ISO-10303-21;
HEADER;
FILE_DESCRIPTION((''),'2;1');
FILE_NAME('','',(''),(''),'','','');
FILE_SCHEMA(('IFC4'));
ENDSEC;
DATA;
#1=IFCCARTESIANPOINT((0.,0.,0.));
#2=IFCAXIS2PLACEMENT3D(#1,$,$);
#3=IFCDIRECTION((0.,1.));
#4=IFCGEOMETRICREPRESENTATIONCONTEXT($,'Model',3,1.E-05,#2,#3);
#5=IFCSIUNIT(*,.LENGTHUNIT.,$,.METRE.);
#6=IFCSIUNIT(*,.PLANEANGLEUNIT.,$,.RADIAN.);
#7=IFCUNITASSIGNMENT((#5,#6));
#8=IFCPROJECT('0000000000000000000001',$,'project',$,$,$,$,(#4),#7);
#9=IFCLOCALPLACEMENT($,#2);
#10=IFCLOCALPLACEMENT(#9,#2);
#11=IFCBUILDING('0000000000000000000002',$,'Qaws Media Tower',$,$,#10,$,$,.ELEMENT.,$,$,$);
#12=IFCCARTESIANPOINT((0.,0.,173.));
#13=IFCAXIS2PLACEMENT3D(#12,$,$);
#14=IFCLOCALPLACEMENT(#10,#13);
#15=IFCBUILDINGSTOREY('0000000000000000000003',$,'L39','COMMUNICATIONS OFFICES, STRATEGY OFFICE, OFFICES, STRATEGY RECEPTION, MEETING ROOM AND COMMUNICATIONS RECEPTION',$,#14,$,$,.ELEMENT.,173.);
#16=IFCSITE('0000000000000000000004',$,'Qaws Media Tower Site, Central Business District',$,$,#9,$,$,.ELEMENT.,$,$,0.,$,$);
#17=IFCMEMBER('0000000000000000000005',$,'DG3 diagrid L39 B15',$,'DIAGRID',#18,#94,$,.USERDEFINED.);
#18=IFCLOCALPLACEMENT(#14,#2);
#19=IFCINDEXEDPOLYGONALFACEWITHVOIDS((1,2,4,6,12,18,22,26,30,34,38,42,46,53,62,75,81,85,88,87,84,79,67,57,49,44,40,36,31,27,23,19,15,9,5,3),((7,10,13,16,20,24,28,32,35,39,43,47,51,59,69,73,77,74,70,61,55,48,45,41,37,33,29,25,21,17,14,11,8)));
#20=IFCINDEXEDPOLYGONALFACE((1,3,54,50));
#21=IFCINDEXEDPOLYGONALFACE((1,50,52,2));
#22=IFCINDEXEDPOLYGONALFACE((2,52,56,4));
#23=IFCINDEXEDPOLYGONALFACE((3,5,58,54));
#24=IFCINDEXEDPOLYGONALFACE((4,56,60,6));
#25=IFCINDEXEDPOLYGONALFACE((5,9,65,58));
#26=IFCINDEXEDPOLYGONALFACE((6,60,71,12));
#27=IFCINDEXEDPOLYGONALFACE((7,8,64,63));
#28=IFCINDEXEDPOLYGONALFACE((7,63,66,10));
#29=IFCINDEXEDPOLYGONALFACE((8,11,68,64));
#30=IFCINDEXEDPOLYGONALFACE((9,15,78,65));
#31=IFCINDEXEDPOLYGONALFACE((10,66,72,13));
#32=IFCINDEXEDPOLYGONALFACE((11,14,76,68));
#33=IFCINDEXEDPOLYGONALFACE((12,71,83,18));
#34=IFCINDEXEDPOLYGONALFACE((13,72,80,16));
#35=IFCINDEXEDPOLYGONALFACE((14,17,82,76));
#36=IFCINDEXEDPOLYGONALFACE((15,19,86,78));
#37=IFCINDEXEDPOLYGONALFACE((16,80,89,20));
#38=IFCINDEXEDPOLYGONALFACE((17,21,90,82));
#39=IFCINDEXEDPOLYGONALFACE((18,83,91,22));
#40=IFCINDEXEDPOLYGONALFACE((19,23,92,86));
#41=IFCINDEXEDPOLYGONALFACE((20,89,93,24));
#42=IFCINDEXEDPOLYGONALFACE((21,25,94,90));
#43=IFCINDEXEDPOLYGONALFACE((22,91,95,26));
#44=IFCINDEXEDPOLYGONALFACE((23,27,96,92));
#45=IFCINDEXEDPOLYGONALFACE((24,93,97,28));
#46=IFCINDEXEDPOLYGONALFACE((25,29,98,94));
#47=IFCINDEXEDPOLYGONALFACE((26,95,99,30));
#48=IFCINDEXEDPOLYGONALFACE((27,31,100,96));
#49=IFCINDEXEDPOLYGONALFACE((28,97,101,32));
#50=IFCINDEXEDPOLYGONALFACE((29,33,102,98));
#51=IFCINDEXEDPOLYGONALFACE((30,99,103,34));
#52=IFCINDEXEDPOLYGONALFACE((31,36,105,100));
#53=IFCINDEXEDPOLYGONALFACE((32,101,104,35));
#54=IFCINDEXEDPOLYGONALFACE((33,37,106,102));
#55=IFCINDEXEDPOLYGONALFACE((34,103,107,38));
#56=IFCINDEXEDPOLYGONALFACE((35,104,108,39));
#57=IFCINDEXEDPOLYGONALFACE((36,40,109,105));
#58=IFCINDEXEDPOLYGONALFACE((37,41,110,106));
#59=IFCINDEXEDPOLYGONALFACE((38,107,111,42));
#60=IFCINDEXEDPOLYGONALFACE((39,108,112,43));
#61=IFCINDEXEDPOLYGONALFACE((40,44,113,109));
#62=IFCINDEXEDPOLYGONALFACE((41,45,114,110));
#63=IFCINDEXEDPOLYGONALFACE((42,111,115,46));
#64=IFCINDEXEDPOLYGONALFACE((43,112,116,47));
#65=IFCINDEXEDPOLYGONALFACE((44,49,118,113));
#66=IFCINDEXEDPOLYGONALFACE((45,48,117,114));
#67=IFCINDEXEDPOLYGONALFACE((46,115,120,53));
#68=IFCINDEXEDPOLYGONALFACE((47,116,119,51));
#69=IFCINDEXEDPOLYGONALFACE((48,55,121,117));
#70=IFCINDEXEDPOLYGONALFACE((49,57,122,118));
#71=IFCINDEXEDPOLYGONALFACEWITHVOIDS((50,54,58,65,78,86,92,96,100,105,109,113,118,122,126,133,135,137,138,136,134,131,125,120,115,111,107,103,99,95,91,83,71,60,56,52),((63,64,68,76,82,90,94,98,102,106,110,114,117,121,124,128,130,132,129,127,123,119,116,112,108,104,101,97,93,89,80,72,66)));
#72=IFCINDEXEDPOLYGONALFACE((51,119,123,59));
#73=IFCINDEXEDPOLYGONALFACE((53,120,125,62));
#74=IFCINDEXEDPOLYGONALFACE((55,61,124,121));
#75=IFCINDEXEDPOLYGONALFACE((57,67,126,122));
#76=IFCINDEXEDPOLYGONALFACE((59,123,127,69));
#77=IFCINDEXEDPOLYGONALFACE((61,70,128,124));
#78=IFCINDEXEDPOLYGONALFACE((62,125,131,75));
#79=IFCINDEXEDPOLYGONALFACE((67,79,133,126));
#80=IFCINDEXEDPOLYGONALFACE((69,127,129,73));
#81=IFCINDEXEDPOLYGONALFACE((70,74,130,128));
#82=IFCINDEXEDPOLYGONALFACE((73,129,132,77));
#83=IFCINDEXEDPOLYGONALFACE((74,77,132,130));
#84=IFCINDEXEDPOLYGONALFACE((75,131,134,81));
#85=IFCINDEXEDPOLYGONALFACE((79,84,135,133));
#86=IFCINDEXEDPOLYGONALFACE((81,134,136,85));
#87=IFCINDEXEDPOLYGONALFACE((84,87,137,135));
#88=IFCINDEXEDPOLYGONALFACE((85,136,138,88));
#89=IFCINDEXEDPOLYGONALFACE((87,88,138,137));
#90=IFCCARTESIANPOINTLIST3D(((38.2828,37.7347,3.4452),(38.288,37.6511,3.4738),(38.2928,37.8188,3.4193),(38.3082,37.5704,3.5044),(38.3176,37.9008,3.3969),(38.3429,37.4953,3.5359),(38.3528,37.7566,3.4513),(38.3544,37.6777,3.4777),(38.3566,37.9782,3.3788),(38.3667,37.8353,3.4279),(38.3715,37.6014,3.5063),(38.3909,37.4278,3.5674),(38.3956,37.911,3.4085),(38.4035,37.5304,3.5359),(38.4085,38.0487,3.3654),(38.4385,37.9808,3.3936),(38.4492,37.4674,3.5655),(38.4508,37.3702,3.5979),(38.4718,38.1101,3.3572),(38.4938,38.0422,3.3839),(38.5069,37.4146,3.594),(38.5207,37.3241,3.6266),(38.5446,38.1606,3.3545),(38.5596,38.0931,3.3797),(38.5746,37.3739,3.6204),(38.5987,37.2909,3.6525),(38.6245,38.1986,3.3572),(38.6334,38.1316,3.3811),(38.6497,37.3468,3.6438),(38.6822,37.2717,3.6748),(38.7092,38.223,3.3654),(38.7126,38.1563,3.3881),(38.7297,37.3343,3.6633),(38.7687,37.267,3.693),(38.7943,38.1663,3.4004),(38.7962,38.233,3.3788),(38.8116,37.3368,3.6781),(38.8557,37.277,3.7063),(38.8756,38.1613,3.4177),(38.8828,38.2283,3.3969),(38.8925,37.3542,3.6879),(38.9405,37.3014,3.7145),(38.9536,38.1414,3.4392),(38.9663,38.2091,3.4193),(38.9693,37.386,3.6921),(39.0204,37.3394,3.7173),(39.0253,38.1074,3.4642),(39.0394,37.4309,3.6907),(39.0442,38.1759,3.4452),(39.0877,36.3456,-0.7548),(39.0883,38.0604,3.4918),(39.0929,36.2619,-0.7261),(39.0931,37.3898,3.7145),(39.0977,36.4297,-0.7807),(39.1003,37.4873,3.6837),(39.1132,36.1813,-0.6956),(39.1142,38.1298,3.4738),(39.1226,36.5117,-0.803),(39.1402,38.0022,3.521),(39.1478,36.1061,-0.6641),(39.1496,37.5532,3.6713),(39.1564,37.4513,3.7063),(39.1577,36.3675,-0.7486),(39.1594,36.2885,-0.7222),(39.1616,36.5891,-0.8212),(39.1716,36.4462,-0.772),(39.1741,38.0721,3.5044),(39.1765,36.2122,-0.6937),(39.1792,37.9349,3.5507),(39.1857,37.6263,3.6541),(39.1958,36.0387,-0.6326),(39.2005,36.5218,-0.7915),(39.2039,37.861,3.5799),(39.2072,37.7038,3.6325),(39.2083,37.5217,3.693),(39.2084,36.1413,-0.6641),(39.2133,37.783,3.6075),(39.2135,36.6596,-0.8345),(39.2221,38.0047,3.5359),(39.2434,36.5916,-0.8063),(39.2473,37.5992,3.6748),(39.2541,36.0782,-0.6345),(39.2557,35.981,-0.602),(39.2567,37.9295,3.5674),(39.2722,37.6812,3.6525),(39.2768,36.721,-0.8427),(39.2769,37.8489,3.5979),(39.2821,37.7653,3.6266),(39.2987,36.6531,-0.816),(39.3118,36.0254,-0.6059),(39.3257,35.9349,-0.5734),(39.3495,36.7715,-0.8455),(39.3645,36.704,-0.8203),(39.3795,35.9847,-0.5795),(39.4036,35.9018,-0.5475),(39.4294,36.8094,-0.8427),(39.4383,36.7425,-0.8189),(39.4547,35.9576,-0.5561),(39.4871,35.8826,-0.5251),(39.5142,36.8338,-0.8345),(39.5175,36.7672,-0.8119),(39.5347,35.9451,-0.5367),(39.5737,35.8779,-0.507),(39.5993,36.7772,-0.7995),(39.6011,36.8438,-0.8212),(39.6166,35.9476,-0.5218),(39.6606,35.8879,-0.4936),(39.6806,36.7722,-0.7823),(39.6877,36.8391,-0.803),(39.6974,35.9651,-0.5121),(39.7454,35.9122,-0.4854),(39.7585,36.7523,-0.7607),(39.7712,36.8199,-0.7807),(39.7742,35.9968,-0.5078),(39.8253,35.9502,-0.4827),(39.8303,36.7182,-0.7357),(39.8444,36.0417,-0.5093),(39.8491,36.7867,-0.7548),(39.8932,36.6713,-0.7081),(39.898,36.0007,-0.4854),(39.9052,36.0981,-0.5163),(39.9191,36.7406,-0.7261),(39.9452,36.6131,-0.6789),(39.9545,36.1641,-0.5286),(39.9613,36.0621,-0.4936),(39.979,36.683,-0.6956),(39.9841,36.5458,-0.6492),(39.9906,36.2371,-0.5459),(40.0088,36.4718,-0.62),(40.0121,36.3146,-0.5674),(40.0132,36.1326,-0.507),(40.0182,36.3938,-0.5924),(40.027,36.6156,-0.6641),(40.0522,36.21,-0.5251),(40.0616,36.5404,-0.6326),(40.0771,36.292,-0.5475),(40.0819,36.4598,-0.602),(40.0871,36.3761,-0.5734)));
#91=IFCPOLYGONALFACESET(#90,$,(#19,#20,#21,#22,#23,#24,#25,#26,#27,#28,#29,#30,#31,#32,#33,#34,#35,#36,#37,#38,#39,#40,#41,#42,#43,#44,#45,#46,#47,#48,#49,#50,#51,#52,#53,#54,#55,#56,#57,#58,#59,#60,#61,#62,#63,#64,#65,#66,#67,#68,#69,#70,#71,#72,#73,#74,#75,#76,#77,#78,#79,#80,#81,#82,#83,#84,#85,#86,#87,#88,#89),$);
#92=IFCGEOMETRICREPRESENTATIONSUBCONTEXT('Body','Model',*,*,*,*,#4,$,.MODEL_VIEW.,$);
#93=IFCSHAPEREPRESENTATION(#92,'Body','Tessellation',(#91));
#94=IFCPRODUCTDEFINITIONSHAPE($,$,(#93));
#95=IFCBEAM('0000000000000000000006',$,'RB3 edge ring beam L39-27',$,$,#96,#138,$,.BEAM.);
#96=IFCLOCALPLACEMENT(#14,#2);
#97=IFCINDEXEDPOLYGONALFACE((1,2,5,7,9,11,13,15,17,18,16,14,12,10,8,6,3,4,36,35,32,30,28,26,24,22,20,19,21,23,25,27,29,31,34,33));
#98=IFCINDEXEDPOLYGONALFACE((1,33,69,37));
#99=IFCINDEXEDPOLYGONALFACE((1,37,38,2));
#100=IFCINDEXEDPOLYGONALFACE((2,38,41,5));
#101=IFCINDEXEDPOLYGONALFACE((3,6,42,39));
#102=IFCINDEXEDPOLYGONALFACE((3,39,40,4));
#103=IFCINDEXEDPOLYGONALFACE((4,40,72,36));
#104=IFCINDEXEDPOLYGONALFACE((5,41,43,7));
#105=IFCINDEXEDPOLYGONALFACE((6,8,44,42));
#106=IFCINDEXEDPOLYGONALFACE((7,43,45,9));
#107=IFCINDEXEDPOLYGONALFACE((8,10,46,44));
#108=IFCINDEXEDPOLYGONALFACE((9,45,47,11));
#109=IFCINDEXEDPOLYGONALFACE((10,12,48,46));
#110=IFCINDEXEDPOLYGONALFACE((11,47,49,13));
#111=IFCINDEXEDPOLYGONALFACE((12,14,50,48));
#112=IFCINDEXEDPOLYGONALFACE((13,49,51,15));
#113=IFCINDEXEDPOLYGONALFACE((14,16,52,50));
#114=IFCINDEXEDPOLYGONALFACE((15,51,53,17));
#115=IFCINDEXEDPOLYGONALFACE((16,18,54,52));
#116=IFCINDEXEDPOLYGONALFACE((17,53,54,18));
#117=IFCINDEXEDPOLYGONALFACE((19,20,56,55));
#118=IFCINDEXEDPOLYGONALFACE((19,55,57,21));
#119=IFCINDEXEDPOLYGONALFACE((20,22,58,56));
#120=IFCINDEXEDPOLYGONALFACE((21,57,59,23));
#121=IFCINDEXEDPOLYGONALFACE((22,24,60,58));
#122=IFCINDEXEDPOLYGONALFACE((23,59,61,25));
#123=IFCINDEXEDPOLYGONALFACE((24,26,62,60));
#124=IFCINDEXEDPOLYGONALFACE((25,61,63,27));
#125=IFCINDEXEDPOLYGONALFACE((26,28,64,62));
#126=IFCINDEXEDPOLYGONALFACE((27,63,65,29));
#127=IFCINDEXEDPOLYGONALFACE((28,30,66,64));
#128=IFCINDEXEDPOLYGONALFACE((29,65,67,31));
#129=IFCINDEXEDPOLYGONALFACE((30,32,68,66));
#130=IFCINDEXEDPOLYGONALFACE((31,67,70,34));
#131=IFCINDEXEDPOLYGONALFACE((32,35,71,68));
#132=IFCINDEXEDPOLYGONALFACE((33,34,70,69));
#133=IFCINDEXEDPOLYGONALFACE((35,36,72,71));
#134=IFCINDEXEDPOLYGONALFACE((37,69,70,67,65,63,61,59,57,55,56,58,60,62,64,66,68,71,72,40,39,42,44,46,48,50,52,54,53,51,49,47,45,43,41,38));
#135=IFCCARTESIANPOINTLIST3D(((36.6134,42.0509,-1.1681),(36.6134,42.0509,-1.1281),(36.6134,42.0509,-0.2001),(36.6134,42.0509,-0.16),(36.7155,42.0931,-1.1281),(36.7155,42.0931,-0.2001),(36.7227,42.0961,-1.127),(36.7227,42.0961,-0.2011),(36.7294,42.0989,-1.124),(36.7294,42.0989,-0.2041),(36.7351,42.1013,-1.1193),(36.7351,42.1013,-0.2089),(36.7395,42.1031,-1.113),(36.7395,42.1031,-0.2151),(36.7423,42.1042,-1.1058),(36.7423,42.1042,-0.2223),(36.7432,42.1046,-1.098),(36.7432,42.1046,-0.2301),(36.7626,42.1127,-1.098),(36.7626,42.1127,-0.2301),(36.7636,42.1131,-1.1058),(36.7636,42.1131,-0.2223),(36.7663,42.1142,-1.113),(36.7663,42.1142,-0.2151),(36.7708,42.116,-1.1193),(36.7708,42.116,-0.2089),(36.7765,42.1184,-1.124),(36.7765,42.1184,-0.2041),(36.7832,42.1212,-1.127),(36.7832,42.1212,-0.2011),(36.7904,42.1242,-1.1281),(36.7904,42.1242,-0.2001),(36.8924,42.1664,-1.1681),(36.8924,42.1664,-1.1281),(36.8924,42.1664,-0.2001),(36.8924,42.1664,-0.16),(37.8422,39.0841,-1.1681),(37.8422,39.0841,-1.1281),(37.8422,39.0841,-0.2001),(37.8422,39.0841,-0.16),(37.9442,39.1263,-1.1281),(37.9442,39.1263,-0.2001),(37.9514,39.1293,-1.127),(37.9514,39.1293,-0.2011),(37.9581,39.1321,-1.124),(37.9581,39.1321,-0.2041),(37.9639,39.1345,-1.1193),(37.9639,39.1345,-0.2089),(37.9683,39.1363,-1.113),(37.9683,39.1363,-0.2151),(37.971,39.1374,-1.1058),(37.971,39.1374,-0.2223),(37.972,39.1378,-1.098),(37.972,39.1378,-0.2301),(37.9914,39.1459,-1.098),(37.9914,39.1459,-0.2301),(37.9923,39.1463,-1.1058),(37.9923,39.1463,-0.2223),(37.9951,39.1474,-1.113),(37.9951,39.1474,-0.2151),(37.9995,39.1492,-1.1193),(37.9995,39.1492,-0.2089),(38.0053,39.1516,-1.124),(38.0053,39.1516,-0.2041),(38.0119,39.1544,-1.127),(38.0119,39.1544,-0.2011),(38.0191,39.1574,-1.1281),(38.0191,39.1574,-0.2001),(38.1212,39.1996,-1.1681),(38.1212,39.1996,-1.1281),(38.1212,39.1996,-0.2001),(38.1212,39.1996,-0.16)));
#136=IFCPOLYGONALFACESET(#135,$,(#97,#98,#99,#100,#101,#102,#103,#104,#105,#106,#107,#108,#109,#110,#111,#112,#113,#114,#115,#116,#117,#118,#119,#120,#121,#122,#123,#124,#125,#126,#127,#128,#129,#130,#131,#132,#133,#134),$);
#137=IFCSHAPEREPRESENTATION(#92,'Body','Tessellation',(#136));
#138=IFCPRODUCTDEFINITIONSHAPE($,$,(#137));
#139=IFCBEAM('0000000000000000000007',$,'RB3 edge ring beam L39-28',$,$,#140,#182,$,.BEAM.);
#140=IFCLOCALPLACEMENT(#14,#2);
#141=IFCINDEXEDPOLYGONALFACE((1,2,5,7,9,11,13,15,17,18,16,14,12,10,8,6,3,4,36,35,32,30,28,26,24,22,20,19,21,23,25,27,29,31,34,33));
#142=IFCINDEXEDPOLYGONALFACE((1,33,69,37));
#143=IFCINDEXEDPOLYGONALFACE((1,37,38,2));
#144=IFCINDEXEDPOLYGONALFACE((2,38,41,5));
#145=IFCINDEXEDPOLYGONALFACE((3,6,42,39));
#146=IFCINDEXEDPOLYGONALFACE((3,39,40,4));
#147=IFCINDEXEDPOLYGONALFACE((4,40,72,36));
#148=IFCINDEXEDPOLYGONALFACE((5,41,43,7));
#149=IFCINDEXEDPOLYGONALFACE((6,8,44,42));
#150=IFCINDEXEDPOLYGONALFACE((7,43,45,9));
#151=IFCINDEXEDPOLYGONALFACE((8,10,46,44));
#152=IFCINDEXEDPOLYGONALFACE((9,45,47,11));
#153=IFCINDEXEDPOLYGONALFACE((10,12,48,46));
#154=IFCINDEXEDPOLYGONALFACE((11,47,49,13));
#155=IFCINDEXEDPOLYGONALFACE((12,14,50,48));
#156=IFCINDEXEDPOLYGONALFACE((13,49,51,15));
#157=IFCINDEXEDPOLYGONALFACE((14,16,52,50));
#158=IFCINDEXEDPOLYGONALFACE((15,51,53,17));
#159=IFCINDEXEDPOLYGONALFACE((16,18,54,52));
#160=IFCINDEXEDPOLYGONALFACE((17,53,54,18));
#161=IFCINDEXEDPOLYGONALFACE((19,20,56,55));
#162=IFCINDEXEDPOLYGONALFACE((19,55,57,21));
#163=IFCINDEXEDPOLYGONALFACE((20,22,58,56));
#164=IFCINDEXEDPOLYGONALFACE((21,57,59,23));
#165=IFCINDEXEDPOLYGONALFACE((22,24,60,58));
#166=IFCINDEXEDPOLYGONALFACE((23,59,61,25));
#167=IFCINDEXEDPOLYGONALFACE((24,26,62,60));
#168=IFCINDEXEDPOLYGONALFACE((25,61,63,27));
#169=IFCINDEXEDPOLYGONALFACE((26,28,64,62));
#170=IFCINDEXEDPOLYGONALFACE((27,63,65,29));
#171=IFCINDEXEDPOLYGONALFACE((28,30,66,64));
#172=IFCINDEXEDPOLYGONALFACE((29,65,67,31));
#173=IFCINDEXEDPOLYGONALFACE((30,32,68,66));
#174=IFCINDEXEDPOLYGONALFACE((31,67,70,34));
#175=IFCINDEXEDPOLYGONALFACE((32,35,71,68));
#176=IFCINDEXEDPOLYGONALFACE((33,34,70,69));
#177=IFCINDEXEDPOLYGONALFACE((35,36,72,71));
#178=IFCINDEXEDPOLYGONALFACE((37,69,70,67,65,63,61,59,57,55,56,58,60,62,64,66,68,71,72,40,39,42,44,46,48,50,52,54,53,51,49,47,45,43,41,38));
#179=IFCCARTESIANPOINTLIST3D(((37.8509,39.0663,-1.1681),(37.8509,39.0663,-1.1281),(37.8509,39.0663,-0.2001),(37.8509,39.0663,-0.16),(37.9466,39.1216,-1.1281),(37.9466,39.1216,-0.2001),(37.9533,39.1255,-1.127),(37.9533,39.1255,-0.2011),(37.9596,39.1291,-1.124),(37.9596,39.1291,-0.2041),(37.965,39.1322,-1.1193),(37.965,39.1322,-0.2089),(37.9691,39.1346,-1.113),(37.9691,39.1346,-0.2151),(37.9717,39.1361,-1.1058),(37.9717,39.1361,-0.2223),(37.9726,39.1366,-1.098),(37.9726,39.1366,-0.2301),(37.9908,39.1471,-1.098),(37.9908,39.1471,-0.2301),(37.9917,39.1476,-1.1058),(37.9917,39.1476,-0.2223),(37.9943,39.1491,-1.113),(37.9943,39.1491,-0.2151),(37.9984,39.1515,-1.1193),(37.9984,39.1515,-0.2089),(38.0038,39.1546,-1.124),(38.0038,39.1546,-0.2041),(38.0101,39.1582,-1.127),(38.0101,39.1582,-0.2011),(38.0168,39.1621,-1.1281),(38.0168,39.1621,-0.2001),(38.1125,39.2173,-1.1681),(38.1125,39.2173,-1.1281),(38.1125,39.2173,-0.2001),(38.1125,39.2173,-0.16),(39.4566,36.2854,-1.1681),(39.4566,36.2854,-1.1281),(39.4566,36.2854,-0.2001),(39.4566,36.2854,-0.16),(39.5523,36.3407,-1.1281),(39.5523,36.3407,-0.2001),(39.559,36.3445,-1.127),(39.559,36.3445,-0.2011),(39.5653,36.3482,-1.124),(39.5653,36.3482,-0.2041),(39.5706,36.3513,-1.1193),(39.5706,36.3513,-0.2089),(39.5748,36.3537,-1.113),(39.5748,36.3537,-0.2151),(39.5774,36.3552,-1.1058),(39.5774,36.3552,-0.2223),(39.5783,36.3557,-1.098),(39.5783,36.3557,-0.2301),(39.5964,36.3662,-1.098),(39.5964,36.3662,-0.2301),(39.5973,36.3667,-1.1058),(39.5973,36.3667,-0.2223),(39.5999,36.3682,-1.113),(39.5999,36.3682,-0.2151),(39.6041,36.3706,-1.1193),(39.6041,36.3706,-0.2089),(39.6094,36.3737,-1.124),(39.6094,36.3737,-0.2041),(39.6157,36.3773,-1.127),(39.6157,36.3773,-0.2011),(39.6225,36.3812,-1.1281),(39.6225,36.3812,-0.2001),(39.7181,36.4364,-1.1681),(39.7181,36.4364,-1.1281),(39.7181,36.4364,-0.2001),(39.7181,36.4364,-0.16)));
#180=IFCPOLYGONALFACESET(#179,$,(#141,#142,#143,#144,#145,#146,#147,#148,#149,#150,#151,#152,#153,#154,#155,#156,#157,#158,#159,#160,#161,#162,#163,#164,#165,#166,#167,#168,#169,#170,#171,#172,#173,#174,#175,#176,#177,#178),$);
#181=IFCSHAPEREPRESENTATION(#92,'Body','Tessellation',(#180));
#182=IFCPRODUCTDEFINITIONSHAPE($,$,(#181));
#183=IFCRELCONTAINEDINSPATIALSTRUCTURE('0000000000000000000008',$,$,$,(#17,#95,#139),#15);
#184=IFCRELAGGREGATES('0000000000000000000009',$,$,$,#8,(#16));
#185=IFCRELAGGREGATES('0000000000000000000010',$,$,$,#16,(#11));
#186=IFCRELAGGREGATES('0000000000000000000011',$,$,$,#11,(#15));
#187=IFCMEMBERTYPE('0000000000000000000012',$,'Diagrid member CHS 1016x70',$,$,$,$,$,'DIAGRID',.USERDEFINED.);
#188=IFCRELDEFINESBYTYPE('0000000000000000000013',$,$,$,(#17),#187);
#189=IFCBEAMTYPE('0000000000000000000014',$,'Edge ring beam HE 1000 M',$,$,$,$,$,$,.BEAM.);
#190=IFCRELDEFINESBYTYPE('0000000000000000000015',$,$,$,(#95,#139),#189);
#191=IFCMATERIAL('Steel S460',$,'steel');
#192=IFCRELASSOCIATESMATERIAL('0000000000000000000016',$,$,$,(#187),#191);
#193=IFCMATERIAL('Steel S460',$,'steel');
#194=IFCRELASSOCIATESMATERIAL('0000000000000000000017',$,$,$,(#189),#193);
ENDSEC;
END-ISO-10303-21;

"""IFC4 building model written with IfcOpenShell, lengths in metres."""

from ifc_helpers import new_model, si_unit, direction, frame, origin, origin_2d, place, context, subcontext, project, spatial, hollow_circle, i_section, extrude, material, material_profile, profile_set, type_object, element, save


model = new_model("IFC4")

# Units and contexts
model_context = context("Model", 3, precision=1e-05, world=origin(), true_north=direction((0.0, 1.0)))
body_context = subcontext(model_context, "Body", "Model", "MODEL_VIEW")
ifc_project = project(units=[si_unit("LENGTHUNIT", "METRE"), si_unit("PLANEANGLEUNIT", "RADIAN")], contexts=[model_context])

# Site, building, storey
site_placement = place(None, origin())
site = spatial("IfcSite", under=ifc_project, at=site_placement, Name="Qaws Media Tower Site, Central Business District", CompositionType="ELEMENT", RefElevation=0.0)
building_placement = place(site_placement, origin())
building = spatial("IfcBuilding", under=site, at=building_placement, Name="Qaws Media Tower", CompositionType="ELEMENT")
storey_placement = place(building_placement, frame((0.0, 0.0, 173.0)))
storey = spatial("IfcBuildingStorey", under=building, at=storey_placement, Name="L39", Description="COMMUNICATIONS OFFICES, STRATEGY OFFICE, OFFICES, STRATEGY RECEPTION, MEETING ROOM AND COMMUNICATIONS RECEPTION", CompositionType="ELEMENT", Elevation=173.0)

# Member
ifc_material_1 = material(Name="Steel S460", Category="steel")
ifc_material_profile_1 = material_profile(ifc_material_1, hollow_circle(Radius=0.5081, WallThickness=0.0701, at=origin_2d()), Name="CHS 1016x70")
ifc_profile_set_1 = profile_set([ifc_material_profile_1], Name="Steel S460")
member_type_1 = type_object("IfcMemberType", Name="Diagrid member CHS 1016x70", ElementType="DIAGRID", PredefinedType="USERDEFINED", material=ifc_profile_set_1)
for number, where, z_axis, x_axis, name in (
    (1, (39.5874, 36.3608, -0.6641), (-0.179018, 0.308952, 0.934078), (-0.865242, -0.501354, 0.0), "DG3 diagrid L39 B15"),
):
    element("IfcMember", number, at=place(storey_placement, frame(where, z_axis=z_axis, x_axis=x_axis)), inside=storey, type_object=member_type_1, Name=name, ObjectType="DIAGRID", PredefinedType="USERDEFINED", context=body_context, shape_type="SweptSolid", body=[
        extrude(hollow_circle(Radius=0.5081, WallThickness=0.0701, at=origin_2d()), origin(), (0.0, 0.0, 1.0), 4.4963),
    ])

# Beams
ifc_material_2 = material(Name="Steel S460", Category="steel")
ifc_material_profile_2 = material_profile(ifc_material_2, i_section(OverallWidth=0.302, OverallDepth=1.0081, WebThickness=0.021, FlangeThickness=0.04, FilletRadius=0.03, at=origin_2d()), Name="HE 1000 M")
ifc_profile_set_2 = profile_set([ifc_material_profile_2], Name="Steel S460")
beam_type = type_object("IfcBeamType", Name="Edge ring beam HE 1000 M", PredefinedType="BEAM", material=ifc_profile_set_2)
for number, where, z_axis, x_axis, name in (
    (2, (36.7529, 42.1086, -0.6641), (0.382649, -0.923894, 0.0), (0.923894, 0.382649, 0.0), "RB3 edge ring beam L39-27"),
    (3, (37.9817, 39.1418, -0.6641), (0.500023, -0.866012, 0.0), (0.866012, 0.500023, 0.0), "RB3 edge ring beam L39-28"),
):
    element("IfcBeam", number, at=place(storey_placement, frame(where, z_axis=z_axis, x_axis=x_axis)), inside=storey, type_object=beam_type, Name=name, PredefinedType="BEAM", context=body_context, shape_type="SweptSolid", body=[
        extrude(i_section(OverallWidth=0.302, OverallDepth=1.0081, WebThickness=0.021, FlangeThickness=0.04, FilletRadius=0.03, at=origin_2d()), origin(), (0.0, 0.0, 1.0), 3.2112),
    ])

save(model, "model.ifc")
